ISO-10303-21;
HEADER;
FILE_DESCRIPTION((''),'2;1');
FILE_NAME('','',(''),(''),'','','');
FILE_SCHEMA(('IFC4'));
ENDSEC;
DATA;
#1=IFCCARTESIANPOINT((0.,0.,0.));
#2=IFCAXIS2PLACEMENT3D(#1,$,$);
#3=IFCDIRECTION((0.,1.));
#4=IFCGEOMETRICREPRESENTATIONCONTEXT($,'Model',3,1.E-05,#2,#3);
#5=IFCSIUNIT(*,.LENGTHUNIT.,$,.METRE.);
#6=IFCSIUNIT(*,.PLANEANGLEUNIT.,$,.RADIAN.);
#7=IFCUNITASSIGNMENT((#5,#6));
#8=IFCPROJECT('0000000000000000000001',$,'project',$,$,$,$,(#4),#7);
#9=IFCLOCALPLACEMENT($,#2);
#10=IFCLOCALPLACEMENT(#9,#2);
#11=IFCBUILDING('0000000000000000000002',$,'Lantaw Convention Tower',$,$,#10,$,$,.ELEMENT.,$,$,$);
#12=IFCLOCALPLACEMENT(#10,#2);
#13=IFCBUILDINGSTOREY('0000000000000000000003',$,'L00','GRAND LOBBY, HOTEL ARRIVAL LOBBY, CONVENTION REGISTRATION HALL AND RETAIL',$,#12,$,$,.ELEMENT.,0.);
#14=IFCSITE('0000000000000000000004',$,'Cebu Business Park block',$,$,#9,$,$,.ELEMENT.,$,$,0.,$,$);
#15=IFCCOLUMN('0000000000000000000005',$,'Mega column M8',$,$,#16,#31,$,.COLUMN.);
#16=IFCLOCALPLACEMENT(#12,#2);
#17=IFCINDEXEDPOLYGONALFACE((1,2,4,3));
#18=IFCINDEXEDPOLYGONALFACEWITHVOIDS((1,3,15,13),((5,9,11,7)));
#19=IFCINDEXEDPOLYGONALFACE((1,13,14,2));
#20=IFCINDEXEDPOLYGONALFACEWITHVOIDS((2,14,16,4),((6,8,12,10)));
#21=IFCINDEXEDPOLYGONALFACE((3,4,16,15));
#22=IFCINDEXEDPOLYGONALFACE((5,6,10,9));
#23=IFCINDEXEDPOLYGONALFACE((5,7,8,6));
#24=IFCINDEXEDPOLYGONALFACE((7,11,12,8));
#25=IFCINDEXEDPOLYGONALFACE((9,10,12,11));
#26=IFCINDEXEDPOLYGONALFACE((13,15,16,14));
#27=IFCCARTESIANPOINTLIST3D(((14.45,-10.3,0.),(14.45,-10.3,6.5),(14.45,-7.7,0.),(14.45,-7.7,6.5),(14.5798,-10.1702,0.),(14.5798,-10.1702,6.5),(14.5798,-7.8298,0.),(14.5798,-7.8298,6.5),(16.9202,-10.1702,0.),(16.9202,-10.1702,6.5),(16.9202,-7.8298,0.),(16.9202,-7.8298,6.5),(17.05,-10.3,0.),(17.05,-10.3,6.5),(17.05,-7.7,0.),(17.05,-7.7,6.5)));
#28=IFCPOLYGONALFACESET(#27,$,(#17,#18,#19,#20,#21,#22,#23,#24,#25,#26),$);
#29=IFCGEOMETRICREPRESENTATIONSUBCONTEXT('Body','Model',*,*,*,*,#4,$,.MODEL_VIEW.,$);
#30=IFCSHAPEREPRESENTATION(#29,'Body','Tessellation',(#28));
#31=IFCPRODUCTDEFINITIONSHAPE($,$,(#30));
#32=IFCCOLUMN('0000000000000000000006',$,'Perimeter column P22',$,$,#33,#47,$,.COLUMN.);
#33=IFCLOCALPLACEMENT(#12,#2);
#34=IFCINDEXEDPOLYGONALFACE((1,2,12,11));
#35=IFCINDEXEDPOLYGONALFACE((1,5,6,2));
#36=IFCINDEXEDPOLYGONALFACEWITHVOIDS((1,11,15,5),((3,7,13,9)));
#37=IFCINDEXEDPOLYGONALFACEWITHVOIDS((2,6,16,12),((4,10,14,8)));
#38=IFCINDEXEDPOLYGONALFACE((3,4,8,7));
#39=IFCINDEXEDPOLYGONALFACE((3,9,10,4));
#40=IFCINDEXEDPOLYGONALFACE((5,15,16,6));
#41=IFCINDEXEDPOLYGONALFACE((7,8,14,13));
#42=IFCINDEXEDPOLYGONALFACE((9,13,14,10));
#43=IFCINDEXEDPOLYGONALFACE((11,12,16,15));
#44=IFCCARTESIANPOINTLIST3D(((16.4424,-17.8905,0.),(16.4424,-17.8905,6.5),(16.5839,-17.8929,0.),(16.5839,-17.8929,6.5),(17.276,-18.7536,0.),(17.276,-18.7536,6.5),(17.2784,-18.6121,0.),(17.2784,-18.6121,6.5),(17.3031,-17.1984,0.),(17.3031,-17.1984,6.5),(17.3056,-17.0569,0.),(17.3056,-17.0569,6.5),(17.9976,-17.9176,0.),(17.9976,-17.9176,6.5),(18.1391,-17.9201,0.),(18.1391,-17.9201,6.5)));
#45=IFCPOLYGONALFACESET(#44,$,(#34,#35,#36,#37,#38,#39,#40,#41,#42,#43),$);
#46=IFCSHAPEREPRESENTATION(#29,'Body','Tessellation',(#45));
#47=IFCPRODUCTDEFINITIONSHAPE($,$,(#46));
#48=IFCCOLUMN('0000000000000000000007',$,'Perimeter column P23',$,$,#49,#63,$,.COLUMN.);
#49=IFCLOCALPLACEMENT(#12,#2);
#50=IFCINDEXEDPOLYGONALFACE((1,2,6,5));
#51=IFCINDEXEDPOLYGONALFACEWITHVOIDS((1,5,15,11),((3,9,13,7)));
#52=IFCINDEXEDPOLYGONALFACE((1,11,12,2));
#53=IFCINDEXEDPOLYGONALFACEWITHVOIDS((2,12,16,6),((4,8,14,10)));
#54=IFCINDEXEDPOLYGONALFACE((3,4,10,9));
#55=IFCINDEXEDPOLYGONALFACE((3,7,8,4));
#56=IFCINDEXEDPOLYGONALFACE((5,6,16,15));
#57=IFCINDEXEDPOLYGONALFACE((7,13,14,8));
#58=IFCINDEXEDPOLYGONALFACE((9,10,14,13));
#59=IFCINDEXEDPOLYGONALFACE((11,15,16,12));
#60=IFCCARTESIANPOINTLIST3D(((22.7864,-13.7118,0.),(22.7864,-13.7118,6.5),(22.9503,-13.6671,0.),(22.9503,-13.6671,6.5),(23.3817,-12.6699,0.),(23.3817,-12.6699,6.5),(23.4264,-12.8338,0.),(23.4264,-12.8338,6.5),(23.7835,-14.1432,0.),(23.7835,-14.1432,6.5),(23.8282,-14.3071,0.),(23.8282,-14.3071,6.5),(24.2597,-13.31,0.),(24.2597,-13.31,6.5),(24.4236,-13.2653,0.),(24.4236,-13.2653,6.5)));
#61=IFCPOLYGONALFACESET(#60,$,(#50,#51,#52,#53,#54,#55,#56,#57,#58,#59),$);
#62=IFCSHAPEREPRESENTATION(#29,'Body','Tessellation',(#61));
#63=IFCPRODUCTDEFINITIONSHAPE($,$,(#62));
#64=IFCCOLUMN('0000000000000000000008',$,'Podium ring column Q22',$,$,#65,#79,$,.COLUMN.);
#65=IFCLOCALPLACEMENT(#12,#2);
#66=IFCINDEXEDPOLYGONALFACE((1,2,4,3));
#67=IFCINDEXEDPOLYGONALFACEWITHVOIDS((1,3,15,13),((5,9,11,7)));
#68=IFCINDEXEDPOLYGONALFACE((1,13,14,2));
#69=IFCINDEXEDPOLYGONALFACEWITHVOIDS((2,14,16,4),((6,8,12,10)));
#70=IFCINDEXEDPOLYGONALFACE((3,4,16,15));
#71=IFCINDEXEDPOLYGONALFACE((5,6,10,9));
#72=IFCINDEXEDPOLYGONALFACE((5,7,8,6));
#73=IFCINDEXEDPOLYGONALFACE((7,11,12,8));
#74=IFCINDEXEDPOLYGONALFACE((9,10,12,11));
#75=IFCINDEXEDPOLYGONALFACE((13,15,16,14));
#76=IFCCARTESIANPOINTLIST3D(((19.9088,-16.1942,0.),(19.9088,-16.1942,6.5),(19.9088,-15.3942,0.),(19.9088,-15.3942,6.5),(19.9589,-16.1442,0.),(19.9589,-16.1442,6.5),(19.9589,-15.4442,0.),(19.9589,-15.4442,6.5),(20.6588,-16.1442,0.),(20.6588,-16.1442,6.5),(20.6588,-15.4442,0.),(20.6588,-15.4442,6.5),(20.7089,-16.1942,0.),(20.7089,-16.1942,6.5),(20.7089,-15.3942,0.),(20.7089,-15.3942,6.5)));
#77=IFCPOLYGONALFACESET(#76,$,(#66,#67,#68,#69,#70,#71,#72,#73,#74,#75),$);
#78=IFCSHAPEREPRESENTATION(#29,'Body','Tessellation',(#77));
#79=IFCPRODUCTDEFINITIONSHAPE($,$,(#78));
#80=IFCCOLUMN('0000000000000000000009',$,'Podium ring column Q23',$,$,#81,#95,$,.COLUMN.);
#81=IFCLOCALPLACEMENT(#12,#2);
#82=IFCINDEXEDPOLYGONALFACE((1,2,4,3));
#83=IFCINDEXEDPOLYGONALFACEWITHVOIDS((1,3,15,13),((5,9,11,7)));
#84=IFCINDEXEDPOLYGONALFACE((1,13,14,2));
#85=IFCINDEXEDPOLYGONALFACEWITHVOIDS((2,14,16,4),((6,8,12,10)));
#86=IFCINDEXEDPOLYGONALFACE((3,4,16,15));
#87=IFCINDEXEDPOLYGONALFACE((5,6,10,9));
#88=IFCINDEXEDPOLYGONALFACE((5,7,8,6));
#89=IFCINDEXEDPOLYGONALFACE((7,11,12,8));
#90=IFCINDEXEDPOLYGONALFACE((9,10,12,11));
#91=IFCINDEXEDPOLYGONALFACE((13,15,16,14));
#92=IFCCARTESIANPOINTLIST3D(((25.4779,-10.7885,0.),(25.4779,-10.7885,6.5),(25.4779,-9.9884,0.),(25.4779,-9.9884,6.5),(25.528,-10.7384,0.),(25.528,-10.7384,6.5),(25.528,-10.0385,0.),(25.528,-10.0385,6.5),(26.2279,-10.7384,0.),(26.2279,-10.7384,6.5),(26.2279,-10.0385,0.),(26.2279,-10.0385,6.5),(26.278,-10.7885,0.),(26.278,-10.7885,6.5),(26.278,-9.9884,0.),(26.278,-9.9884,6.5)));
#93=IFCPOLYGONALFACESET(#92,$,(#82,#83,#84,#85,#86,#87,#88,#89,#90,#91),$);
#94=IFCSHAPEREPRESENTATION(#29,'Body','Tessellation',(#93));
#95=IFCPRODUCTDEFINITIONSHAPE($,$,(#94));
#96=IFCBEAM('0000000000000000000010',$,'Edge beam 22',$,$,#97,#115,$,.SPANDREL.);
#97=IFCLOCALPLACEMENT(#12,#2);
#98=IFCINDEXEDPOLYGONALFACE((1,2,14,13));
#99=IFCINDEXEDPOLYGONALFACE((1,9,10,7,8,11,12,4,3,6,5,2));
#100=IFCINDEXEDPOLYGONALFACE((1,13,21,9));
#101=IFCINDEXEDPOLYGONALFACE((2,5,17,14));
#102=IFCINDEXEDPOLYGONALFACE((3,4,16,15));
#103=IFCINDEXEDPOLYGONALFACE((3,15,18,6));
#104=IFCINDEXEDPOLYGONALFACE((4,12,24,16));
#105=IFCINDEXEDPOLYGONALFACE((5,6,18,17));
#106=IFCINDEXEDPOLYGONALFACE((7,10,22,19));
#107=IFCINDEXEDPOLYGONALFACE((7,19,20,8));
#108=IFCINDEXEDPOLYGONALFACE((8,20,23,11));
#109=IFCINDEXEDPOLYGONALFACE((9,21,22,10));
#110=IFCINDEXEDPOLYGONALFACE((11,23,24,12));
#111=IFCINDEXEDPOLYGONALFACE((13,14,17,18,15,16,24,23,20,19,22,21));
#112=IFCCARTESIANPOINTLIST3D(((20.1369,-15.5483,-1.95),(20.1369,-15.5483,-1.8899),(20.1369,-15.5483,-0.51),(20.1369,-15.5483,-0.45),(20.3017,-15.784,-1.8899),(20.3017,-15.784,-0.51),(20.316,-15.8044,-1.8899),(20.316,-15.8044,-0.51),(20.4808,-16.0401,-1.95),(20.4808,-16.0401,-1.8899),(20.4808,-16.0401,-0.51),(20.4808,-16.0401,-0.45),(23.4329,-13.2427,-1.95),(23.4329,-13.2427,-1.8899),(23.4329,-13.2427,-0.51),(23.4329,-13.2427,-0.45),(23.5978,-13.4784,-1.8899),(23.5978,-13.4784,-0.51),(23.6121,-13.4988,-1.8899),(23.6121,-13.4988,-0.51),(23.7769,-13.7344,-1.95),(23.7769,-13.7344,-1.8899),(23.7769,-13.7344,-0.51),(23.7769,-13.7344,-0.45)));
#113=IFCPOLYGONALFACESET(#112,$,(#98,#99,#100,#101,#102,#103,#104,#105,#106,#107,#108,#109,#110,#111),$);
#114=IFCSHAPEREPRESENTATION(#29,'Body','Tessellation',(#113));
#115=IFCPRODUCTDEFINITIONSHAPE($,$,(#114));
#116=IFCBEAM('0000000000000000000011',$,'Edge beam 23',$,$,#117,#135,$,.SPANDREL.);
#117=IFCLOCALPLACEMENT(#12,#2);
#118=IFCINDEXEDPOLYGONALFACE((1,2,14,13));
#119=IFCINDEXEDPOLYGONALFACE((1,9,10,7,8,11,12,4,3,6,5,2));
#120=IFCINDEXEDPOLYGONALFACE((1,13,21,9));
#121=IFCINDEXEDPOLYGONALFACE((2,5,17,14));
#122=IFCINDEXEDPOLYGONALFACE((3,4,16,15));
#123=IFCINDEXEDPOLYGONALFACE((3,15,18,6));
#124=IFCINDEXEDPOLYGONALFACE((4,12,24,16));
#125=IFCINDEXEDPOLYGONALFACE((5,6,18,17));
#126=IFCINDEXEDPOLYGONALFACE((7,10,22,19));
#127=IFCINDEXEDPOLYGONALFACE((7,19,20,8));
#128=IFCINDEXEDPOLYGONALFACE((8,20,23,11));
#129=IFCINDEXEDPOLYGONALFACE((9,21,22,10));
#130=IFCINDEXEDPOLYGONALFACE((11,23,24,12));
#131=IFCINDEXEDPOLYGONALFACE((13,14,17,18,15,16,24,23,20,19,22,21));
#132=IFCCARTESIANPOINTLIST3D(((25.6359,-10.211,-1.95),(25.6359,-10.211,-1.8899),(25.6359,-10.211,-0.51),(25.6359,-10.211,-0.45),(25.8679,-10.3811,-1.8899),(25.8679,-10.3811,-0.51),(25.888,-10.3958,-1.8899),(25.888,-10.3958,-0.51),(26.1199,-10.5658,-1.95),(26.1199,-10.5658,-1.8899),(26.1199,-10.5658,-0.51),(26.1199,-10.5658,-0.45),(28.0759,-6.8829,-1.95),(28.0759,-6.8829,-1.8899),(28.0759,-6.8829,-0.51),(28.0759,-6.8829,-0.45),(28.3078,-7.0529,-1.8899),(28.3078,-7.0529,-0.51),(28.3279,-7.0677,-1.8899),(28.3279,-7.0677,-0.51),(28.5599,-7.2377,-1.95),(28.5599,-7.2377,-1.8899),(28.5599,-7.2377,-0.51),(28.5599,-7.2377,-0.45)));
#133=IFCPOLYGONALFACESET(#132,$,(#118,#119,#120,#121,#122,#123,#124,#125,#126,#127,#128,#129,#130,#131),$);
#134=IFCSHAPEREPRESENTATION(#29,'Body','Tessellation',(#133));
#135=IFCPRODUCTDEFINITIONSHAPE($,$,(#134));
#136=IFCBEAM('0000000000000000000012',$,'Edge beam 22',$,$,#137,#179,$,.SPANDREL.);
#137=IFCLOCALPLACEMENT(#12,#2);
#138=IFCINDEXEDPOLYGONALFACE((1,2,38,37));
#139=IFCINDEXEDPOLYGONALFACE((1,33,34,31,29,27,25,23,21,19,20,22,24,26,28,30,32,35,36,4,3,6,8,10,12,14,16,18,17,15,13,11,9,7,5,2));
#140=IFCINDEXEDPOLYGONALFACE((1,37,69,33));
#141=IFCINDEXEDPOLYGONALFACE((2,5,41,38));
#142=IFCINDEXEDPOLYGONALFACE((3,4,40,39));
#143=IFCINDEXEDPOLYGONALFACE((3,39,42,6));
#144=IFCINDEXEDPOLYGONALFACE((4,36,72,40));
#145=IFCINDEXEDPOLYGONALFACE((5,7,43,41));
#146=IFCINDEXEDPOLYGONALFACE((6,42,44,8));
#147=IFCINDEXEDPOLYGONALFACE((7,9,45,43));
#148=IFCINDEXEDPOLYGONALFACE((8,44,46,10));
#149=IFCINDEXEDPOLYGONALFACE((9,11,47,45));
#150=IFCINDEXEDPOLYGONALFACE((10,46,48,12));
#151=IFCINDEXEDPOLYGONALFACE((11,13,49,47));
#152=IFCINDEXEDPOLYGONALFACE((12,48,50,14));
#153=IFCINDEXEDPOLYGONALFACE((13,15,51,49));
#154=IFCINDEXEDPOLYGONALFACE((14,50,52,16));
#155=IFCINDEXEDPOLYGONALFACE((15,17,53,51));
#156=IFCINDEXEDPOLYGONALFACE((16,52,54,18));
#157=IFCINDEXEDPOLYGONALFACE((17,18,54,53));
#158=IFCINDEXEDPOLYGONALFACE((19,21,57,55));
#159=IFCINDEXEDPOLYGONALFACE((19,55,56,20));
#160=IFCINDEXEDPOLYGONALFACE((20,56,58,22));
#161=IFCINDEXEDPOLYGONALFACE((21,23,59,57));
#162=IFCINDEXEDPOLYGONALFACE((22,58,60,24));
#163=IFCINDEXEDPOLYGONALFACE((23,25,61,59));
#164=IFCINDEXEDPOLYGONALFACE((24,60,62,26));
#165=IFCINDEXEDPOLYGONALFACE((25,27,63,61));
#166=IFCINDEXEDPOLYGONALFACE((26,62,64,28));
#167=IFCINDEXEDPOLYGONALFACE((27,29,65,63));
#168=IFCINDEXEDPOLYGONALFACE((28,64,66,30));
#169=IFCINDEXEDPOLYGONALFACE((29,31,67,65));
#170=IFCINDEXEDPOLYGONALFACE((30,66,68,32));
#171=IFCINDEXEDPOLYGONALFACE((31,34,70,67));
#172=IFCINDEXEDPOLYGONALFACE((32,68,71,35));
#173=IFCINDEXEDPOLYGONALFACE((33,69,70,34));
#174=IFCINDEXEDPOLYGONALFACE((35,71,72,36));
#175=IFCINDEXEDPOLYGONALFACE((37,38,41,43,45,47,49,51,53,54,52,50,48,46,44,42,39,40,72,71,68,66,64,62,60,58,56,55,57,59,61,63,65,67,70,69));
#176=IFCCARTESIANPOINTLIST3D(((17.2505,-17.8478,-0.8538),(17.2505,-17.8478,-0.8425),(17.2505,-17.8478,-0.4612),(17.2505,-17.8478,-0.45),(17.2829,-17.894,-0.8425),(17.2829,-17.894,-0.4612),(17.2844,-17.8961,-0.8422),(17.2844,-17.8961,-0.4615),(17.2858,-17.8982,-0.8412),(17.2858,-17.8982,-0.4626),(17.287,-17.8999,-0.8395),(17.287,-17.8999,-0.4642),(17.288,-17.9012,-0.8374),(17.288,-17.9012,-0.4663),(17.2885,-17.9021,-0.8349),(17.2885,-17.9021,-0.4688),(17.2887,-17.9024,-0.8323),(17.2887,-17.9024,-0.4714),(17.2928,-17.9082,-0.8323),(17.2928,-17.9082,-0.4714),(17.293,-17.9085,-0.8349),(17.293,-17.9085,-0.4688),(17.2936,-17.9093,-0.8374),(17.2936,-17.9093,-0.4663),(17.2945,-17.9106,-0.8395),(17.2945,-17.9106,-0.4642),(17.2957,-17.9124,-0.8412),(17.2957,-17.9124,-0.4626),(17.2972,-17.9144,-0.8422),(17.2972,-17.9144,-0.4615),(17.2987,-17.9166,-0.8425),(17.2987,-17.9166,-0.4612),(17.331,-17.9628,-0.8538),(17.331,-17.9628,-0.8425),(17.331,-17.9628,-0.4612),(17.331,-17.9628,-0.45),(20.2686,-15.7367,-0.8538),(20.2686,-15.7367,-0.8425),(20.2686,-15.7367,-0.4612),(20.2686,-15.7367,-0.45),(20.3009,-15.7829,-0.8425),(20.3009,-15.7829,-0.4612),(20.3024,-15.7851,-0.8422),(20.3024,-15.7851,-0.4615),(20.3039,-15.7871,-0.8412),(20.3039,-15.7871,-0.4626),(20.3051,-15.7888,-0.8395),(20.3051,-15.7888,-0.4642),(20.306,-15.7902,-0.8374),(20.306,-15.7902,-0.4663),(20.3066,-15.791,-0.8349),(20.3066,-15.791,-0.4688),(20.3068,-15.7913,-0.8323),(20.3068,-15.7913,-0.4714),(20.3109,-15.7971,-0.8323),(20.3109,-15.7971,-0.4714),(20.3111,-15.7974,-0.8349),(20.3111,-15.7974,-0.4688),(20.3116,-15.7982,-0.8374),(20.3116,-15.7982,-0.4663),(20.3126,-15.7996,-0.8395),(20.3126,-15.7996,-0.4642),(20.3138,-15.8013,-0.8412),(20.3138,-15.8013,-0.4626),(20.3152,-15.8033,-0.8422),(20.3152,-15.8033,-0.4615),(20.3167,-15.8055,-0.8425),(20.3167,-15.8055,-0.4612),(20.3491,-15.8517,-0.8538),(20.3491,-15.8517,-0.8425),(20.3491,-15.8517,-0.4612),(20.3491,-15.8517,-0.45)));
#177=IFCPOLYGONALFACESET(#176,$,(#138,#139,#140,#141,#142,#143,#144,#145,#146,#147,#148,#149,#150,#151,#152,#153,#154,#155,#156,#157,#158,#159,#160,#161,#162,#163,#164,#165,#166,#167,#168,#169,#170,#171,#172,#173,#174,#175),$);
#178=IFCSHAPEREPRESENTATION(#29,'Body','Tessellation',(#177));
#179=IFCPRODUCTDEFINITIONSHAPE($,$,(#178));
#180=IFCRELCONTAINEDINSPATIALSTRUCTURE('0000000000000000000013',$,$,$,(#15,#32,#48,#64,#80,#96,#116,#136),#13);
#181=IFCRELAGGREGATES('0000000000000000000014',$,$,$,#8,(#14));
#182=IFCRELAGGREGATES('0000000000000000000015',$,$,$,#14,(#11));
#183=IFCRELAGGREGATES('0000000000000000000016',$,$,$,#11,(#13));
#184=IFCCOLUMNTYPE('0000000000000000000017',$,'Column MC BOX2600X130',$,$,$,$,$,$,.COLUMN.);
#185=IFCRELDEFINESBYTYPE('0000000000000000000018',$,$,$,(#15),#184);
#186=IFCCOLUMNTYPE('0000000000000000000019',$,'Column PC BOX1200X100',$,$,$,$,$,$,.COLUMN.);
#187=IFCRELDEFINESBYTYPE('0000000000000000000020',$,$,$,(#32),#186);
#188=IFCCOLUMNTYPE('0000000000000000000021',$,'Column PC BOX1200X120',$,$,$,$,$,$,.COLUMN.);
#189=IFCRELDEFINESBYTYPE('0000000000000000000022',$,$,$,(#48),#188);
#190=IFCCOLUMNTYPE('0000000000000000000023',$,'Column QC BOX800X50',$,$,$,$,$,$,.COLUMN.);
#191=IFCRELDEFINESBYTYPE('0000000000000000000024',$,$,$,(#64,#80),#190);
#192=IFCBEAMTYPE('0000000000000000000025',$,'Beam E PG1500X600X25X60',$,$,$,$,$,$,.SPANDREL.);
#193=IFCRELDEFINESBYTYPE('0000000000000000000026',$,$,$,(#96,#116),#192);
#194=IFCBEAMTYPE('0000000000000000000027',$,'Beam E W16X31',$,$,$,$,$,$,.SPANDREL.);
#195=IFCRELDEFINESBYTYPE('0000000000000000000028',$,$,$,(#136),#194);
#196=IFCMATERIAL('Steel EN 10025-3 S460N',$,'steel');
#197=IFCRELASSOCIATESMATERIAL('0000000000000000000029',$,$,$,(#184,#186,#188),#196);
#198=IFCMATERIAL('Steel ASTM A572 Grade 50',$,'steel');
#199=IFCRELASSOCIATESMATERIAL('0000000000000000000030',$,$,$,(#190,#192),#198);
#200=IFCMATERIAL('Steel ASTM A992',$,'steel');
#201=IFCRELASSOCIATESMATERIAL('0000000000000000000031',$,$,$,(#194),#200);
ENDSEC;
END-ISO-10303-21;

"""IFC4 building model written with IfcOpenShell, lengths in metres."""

from ifc_helpers import new_model, si_unit, direction, frame, origin, origin_2d, place, context, subcontext, project, spatial, rectangle, hollow_rectangle, i_section, extrude, material, material_profile, profile_set, type_object, element, save


model = new_model("IFC4")

# Units and contexts
model_context = context("Model", 3, precision=1e-05, world=origin(), true_north=direction((0.0, 1.0)))
body_context = subcontext(model_context, "Body", "Model", "MODEL_VIEW")
ifc_project = project(units=[si_unit("LENGTHUNIT", "METRE"), si_unit("PLANEANGLEUNIT", "RADIAN")], contexts=[model_context])

# Site, building, storey
site_placement = place(None, origin())
site = spatial("IfcSite", under=ifc_project, at=site_placement, Name="Cebu Business Park block", CompositionType="ELEMENT", RefElevation=0.0)
building_placement = place(site_placement, origin())
building = spatial("IfcBuilding", under=site, at=building_placement, Name="Lantaw Convention Tower", CompositionType="ELEMENT")
storey_placement = place(building_placement, origin())
storey = spatial("IfcBuildingStorey", under=building, at=storey_placement, Name="L00", Description="GRAND LOBBY, HOTEL ARRIVAL LOBBY, CONVENTION REGISTRATION HALL AND RETAIL", CompositionType="ELEMENT", Elevation=0.0)

# Columns
ifc_material_1 = material(Name="Steel EN 10025-3 S460N", Category="steel")
ifc_material_profile_1 = material_profile(ifc_material_1, hollow_rectangle(XDim=2.6001, YDim=2.6001, WallThickness=0.1299, at=origin_2d()), Name="BOX2600X130")
ifc_material_2 = material(Name="Concrete C60/75", Category="concrete")
ifc_material_profile_2 = material_profile(ifc_material_2, rectangle(XDim=2.3401, YDim=2.3401, at=origin_2d()), Name="Concrete fill of BOX2600X130")
ifc_profile_set_1 = profile_set([ifc_material_profile_1, ifc_material_profile_2], Name="Steel EN 10025-3 S460N")
column_type_1 = type_object("IfcColumnType", Name="Column MC BOX2600X130", PredefinedType="COLUMN", material=ifc_profile_set_1)
column_1_placement = place(storey_placement, frame((15.75, -9.0, 0.0), z_axis=(0.0, 0.0, 1.0), x_axis=(1.0, 0.0, 0.0)))
element("IfcColumn", 1, at=column_1_placement, inside=storey, type_object=column_type_1, Name="Mega column M8", PredefinedType="COLUMN", context=body_context, shape_type="SweptSolid", body=[
    extrude(hollow_rectangle(XDim=2.6001, YDim=2.6001, WallThickness=0.1299, at=origin_2d()), origin(), (0.0, 0.0, 1.0), 6.5),
])
ifc_material_profile_3 = material_profile(ifc_material_1, hollow_rectangle(XDim=1.2, YDim=1.2, WallThickness=0.1001, at=origin_2d()), Name="BOX1200X100")
ifc_material_profile_4 = material_profile(ifc_material_2, rectangle(XDim=1.0, YDim=1.0, at=origin_2d()), Name="Concrete fill of BOX1200X100")
ifc_profile_set_2 = profile_set([ifc_material_profile_3, ifc_material_profile_4], Name="Steel EN 10025-3 S460N")
column_type_2 = type_object("IfcColumnType", Name="Column PC BOX1200X100", PredefinedType="COLUMN", material=ifc_profile_set_2)
column_2_placement = place(storey_placement, frame((17.2908, -17.9053, 0.0), z_axis=(0.0, 0.0, 1.0), x_axis=(0.71934, 0.694658, 0.0)))
element("IfcColumn", 2, at=column_2_placement, inside=storey, type_object=column_type_2, Name="Perimeter column P22", PredefinedType="COLUMN", context=body_context, shape_type="SweptSolid", body=[
    extrude(hollow_rectangle(XDim=1.2, YDim=1.2, WallThickness=0.1001, at=origin_2d()), origin(), (0.0, 0.0, 1.0), 6.5),
])
ifc_material_profile_5 = material_profile(ifc_material_1, hollow_rectangle(XDim=1.2, YDim=1.2, WallThickness=0.1201, at=origin_2d()), Name="BOX1200X120")
ifc_material_profile_6 = material_profile(ifc_material_2, rectangle(XDim=0.96, YDim=0.96, at=origin_2d()), Name="Concrete fill of BOX1200X120")
ifc_profile_set_3 = profile_set([ifc_material_profile_5, ifc_material_profile_6], Name="Steel EN 10025-3 S460N")
column_type_3 = type_object("IfcColumnType", Name="Column PC BOX1200X120", PredefinedType="COLUMN", material=ifc_profile_set_3)
column_3_placement = place(storey_placement, frame((23.605, -13.4885, 0.0), z_axis=(0.0, 0.0, 1.0), x_axis=(0.496139, 0.868243, 0.0)))
element("IfcColumn", 3, at=column_3_placement, inside=storey, type_object=column_type_3, Name="Perimeter column P23", PredefinedType="COLUMN", context=body_context, shape_type="SweptSolid", body=[
    extrude(hollow_rectangle(XDim=1.2, YDim=1.2, WallThickness=0.1201, at=origin_2d()), origin(), (0.0, 0.0, 1.0), 6.5),
])
ifc_material_3 = material(Name="Steel ASTM A572 Grade 50", Category="steel")
ifc_material_profile_7 = material_profile(ifc_material_3, hollow_rectangle(XDim=0.8, YDim=0.8, WallThickness=0.05, at=origin_2d()), Name="BOX800X50")
ifc_profile_set_4 = profile_set([ifc_material_profile_7], Name="Steel ASTM A572 Grade 50")
column_type_4 = type_object("IfcColumnType", Name="Column QC BOX800X50", PredefinedType="COLUMN", material=ifc_profile_set_4)
for number, where, z_axis, x_axis, name in (
    (4, (20.3088, -15.7942, 0.0), (0.0, 0.0, 1.0), (1.0, 0.0, 0.0), "Podium ring column Q22"),
    (5, (25.8779, -10.3884, 0.0), (0.0, 0.0, 1.0), (1.0, 0.0, 0.0), "Podium ring column Q23"),
):
    element("IfcColumn", number, at=place(storey_placement, frame(where, z_axis=z_axis, x_axis=x_axis)), inside=storey, type_object=column_type_4, Name=name, PredefinedType="COLUMN", context=body_context, shape_type="SweptSolid", body=[
        extrude(hollow_rectangle(XDim=0.8, YDim=0.8, WallThickness=0.05, at=origin_2d()), origin(), (0.0, 0.0, 1.0), 6.5),
    ])

# Beams
ifc_material_profile_8 = material_profile(ifc_material_3, i_section(OverallWidth=0.6001, OverallDepth=1.5, WebThickness=0.0249, FlangeThickness=0.0601, at=origin_2d()), Name="PG1500X600X25X60")
ifc_profile_set_5 = profile_set([ifc_material_profile_8], Name="Steel ASTM A572 Grade 50")
beam_type_1 = type_object("IfcBeamType", Name="Beam E PG1500X600X25X60", PredefinedType="SPANDREL", material=ifc_profile_set_5)
beam_1_placement = place(storey_placement, frame((20.3088, -15.7942, -1.2), z_axis=(0.819423, 0.573189, 0.0), x_axis=(-0.573189, 0.819423, 0.0)))
element("IfcBeam", 6, at=beam_1_placement, inside=storey, type_object=beam_type_1, Name="Edge beam 22", PredefinedType="SPANDREL", context=body_context, shape_type="SweptSolid", body=[
    extrude(i_section(OverallWidth=0.6001, OverallDepth=1.5, WebThickness=0.0249, FlangeThickness=0.0601, at=origin_2d()), origin(), (0.0, 0.0, 1.0), 4.0225),
])
beam_2_placement = place(storey_placement, frame((25.8779, -10.3884, -1.2), z_axis=(0.591256, 0.806484, 0.0), x_axis=(-0.806484, 0.591256, 0.0)))
element("IfcBeam", 7, at=beam_2_placement, inside=storey, type_object=beam_type_1, Name="Edge beam 23", PredefinedType="SPANDREL", context=body_context, shape_type="SweptSolid", body=[
    extrude(i_section(OverallWidth=0.6001, OverallDepth=1.5, WebThickness=0.0249, FlangeThickness=0.0601, at=origin_2d()), origin(), (0.0, 0.0, 1.0), 4.1267),
])
ifc_material_4 = material(Name="Steel ASTM A992", Category="steel")
ifc_material_profile_9 = material_profile(ifc_material_4, i_section(OverallWidth=0.1404, OverallDepth=0.4038, WebThickness=0.0071, FlangeThickness=0.0112, FilletRadius=0.0103, at=origin_2d()), Name="W16X31")
ifc_profile_set_6 = profile_set([ifc_material_profile_9], Name="Steel ASTM A992")
beam_type_2 = type_object("IfcBeamType", Name="Beam E W16X31", PredefinedType="SPANDREL", material=ifc_profile_set_6)
beam_3_placement = place(storey_placement, frame((17.2908, -17.9053, -0.6519), z_axis=(0.819431, 0.573178, 0.0), x_axis=(-0.573178, 0.819431, 0.0)))
element("IfcBeam", 8, at=beam_3_placement, inside=storey, type_object=beam_type_2, Name="Edge beam 22", PredefinedType="SPANDREL", context=body_context, shape_type="SweptSolid", body=[
    extrude(i_section(OverallWidth=0.1404, OverallDepth=0.4038, WebThickness=0.0071, FlangeThickness=0.0112, FilletRadius=0.0103, at=origin_2d()), origin(), (0.0, 0.0, 1.0), 3.6831),
])

save(model, "model.ifc")
